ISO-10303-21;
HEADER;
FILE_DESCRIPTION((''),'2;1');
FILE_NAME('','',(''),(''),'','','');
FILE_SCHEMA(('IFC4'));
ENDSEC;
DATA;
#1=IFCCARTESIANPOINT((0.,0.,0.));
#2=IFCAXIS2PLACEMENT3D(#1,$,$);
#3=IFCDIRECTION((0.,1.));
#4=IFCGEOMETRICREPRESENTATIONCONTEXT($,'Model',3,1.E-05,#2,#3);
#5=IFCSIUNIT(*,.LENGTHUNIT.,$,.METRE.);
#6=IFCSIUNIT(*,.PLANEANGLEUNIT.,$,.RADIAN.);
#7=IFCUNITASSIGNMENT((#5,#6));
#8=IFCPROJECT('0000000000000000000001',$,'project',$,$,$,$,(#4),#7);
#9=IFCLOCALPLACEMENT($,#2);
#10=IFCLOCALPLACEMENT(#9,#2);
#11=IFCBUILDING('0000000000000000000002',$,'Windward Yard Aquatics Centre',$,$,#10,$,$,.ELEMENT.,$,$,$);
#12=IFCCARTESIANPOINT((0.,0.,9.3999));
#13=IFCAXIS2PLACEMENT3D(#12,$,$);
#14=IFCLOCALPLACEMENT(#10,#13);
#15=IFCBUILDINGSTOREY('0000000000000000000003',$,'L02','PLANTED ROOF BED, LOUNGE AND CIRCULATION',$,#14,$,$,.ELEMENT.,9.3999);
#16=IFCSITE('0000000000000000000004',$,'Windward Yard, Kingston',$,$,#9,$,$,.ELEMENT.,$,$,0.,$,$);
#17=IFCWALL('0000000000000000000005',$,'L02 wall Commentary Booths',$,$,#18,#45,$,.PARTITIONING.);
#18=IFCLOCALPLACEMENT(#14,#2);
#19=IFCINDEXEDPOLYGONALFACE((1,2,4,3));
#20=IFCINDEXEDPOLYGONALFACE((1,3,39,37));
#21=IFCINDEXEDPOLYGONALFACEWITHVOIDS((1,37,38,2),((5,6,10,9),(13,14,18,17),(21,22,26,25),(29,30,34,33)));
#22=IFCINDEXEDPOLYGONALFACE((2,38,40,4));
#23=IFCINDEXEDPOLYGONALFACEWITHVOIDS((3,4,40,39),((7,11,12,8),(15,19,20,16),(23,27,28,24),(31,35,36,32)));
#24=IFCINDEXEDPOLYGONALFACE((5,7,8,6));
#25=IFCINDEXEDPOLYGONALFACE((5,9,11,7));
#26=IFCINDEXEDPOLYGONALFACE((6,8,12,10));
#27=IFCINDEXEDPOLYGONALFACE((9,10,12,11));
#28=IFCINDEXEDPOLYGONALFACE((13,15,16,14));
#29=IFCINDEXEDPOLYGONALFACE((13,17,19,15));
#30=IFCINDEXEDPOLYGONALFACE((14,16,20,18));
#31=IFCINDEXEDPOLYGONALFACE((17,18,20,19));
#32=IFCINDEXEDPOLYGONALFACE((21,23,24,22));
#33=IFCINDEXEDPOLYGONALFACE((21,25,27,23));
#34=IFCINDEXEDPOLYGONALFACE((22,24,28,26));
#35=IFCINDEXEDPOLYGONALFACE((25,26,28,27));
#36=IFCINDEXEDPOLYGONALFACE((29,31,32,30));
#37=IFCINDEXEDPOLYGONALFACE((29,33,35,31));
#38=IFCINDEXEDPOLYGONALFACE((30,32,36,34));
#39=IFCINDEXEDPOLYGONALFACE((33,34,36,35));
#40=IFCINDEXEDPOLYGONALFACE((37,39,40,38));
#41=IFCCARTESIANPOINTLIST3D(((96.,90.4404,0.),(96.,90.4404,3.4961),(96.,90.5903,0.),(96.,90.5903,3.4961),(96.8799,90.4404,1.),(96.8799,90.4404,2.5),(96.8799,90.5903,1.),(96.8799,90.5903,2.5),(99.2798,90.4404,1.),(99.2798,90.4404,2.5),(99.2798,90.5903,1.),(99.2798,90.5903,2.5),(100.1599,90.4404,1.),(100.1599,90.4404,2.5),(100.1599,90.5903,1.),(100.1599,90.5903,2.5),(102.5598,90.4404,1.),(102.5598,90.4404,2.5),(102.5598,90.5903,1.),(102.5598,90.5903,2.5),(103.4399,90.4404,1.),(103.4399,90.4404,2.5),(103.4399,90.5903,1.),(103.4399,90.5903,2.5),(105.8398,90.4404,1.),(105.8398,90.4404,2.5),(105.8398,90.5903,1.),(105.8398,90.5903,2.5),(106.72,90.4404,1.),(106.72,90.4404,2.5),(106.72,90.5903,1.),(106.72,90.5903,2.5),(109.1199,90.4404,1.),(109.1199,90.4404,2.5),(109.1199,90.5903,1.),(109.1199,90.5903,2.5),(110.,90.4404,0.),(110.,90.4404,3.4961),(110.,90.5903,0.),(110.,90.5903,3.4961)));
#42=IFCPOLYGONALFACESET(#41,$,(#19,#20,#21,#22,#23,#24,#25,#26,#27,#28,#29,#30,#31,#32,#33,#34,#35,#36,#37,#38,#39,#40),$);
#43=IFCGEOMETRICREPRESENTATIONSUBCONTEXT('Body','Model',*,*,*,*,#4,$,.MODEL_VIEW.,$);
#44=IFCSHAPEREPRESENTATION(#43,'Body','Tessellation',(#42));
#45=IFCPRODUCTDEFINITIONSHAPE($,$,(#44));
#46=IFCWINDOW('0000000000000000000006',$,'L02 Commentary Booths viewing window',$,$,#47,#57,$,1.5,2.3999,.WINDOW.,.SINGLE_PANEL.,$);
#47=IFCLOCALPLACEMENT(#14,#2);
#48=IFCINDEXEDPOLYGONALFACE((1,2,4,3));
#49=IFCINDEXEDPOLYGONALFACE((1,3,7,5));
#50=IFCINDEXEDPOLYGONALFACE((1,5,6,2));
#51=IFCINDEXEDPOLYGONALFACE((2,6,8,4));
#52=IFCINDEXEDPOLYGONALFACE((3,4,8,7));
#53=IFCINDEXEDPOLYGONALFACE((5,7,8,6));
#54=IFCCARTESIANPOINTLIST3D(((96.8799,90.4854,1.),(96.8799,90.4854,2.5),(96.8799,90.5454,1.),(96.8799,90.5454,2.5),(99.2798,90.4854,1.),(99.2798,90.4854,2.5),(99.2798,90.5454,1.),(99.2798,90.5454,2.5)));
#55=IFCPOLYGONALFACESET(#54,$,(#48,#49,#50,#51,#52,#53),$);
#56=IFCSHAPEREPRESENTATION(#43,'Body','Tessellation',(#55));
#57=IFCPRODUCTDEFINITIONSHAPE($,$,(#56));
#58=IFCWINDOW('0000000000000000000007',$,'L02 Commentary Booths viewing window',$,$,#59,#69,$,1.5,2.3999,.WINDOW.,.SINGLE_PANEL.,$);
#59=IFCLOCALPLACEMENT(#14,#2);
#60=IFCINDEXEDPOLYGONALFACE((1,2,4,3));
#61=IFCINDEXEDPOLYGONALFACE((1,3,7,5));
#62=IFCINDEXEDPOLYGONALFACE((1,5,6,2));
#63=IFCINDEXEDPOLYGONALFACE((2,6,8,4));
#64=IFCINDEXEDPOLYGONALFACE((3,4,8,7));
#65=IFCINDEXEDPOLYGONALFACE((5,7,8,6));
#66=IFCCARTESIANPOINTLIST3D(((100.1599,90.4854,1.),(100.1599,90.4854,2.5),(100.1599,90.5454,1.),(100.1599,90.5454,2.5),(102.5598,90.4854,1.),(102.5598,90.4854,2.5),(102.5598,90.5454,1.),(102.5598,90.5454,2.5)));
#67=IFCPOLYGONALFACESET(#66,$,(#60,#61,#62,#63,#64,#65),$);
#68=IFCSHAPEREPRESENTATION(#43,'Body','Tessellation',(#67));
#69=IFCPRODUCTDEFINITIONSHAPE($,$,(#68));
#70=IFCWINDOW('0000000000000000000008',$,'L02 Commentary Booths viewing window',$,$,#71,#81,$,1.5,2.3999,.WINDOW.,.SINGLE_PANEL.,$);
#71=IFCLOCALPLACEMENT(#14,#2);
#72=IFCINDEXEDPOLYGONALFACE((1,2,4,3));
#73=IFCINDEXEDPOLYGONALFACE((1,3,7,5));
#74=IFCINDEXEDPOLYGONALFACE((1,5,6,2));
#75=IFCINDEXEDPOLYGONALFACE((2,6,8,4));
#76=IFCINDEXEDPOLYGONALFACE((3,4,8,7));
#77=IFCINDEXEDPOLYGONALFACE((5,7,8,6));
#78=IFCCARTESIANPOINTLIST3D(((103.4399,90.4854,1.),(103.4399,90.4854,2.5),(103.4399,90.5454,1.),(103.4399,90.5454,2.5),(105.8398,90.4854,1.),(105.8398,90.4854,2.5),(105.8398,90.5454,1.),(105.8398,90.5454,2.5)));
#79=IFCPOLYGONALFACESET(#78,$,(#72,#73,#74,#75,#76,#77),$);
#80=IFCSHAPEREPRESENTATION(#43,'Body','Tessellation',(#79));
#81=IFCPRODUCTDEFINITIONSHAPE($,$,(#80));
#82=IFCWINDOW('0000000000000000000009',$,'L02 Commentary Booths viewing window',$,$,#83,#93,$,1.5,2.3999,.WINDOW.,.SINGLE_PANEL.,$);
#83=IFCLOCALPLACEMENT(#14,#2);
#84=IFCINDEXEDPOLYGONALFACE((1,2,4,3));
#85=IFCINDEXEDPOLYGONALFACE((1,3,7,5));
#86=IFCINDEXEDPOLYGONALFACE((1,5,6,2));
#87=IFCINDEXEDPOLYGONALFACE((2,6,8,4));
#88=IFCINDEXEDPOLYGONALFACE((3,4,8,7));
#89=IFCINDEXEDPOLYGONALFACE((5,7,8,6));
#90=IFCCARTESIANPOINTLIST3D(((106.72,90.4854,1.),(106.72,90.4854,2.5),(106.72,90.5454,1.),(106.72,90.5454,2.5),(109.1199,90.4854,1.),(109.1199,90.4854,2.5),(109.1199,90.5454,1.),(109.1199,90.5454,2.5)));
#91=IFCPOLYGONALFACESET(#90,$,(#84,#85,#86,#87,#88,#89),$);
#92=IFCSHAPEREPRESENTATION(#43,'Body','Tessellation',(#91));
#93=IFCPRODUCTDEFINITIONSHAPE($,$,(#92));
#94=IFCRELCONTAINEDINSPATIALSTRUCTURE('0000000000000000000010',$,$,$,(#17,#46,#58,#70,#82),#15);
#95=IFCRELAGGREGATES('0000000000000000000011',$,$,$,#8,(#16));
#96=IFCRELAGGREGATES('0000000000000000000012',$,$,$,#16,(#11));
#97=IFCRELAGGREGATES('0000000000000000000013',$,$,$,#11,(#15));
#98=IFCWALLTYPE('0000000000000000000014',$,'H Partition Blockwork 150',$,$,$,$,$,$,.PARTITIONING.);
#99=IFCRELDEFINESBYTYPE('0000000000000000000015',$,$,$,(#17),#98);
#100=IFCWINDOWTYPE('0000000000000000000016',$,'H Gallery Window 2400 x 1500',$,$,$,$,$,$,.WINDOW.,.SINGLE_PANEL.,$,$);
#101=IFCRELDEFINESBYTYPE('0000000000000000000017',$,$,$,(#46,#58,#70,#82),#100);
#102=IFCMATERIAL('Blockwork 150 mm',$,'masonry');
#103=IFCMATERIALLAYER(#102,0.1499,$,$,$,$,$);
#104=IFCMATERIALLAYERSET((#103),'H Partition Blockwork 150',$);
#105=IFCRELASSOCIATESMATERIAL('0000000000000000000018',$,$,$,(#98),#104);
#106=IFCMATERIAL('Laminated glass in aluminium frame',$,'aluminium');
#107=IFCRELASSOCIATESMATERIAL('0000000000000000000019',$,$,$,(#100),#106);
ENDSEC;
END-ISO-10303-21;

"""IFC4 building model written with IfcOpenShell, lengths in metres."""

from ifc_helpers import new_model, si_unit, direction, frame, frame_2d, origin, place, context, subcontext, project, spatial, rectangle, extrude, material, layer, layer_set, type_object, element, fill, save


model = new_model("IFC4")

# Units and contexts
model_context = context("Model", 3, precision=1e-05, world=origin(), true_north=direction((0.0, 1.0)))
body_context = subcontext(model_context, "Body", "Model", "MODEL_VIEW")
ifc_project = project(units=[si_unit("LENGTHUNIT", "METRE"), si_unit("PLANEANGLEUNIT", "RADIAN")], contexts=[model_context])

# Site, building, storey
site_placement = place(None, origin())
site = spatial("IfcSite", under=ifc_project, at=site_placement, Name="Windward Yard, Kingston", CompositionType="ELEMENT", RefElevation=0.0)
building_placement = place(site_placement, origin())
building = spatial("IfcBuilding", under=site, at=building_placement, Name="Windward Yard Aquatics Centre", CompositionType="ELEMENT")
storey_placement = place(building_placement, frame((0.0, 0.0, 9.3999)))
storey = spatial("IfcBuildingStorey", under=building, at=storey_placement, Name="L02", Description="PLANTED ROOF BED, LOUNGE AND CIRCULATION", CompositionType="ELEMENT", Elevation=9.3999)

# Shared definitions
ifc_material_1 = material(Name="Blockwork 150 mm", Category="masonry")
ifc_layer_1 = layer(ifc_material_1, 0.1499)
ifc_layer_set_1 = layer_set([ifc_layer_1], Name="H Partition Blockwork 150")
wall_type = type_object("IfcWallType", Name="H Partition Blockwork 150", PredefinedType="PARTITIONING", material=ifc_layer_set_1)

# Wall, openings, windows
wall_1_placement = place(storey_placement, frame((96.0, 90.5154, 0.0), z_axis=(0.0, 0.0, 1.0), x_axis=(1.0, 0.0, 0.0)))
wall_1 = element("IfcWall", 1, at=wall_1_placement, inside=storey, type_object=wall_type, Name="L02 wall Commentary Booths", PredefinedType="PARTITIONING", context=body_context, shape_type="SweptSolid", body=[
    extrude(rectangle(XDim=14.0, YDim=0.1499, at=frame_2d((7.0, 0.0))), origin(), (0.0, 0.0, 1.0), 3.4961),
])
opening_1_placement = place(wall_1_placement, frame((0.8799, 0.0, 1.0)))
opening_1 = element("IfcOpeningElement", 2, at=opening_1_placement, cuts=wall_1, PredefinedType="OPENING", context=body_context, shape_type="SweptSolid", body=[
    extrude(rectangle(XDim=2.3999, YDim=1.5, at=frame_2d((1.2, 0.75))), frame((0.0, 0.085, 0.0), z_axis=(0.0, -1.0, 0.0), x_axis=(1.0, 0.0, 0.0)), (0.0, 0.0, 1.0), 0.1699),
])
opening_2_placement = place(wall_1_placement, frame((4.1599, 0.0, 1.0)))
opening_2 = element("IfcOpeningElement", 3, at=opening_2_placement, cuts=wall_1, PredefinedType="OPENING", context=body_context, shape_type="SweptSolid", body=[
    extrude(rectangle(XDim=2.3999, YDim=1.5, at=frame_2d((1.2, 0.75))), frame((0.0, 0.085, 0.0), z_axis=(0.0, -1.0, 0.0), x_axis=(1.0, 0.0, 0.0)), (0.0, 0.0, 1.0), 0.1699),
])
opening_3_placement = place(wall_1_placement, frame((7.4399, 0.0, 1.0)))
opening_3 = element("IfcOpeningElement", 4, at=opening_3_placement, cuts=wall_1, PredefinedType="OPENING", context=body_context, shape_type="SweptSolid", body=[
    extrude(rectangle(XDim=2.3999, YDim=1.5, at=frame_2d((1.2, 0.75))), frame((0.0, 0.085, 0.0), z_axis=(0.0, -1.0, 0.0), x_axis=(1.0, 0.0, 0.0)), (0.0, 0.0, 1.0), 0.1699),
])
opening_4_placement = place(wall_1_placement, frame((10.72, 0.0, 1.0)))
opening_4 = element("IfcOpeningElement", 5, at=opening_4_placement, cuts=wall_1, PredefinedType="OPENING", context=body_context, shape_type="SweptSolid", body=[
    extrude(rectangle(XDim=2.3999, YDim=1.5, at=frame_2d((1.2, 0.75))), frame((0.0, 0.085, 0.0), z_axis=(0.0, -1.0, 0.0), x_axis=(1.0, 0.0, 0.0)), (0.0, 0.0, 1.0), 0.1699),
])
ifc_material_2 = material(Name="Laminated glass in aluminium frame", Category="aluminium")
window_type = type_object("IfcWindowType", Name="H Gallery Window 2400 x 1500", PartitioningType="SINGLE_PANEL", PredefinedType="WINDOW", material=ifc_material_2)
window_1_placement = place(opening_1_placement, origin())
window_1 = element("IfcWindow", 6, at=window_1_placement, inside=storey, type_object=window_type, Name="L02 Commentary Booths viewing window", OverallHeight=1.5, OverallWidth=2.3999, PartitioningType="SINGLE_PANEL", PredefinedType="WINDOW", context=body_context, shape_type="SweptSolid", body=[
    extrude(rectangle(XDim=2.3999, YDim=1.5, at=frame_2d((1.2, 0.75))), frame((0.0, 0.03, 0.0), z_axis=(0.0, -1.0, 0.0), x_axis=(1.0, 0.0, 0.0)), (0.0, 0.0, 1.0), 0.0601),
])
fill(opening_1, window_1)
window_2_placement = place(opening_2_placement, origin())
window_2 = element("IfcWindow", 7, at=window_2_placement, inside=storey, type_object=window_type, Name="L02 Commentary Booths viewing window", OverallHeight=1.5, OverallWidth=2.3999, PartitioningType="SINGLE_PANEL", PredefinedType="WINDOW", context=body_context, shape_type="SweptSolid", body=[
    extrude(rectangle(XDim=2.3999, YDim=1.5, at=frame_2d((1.2, 0.75))), frame((0.0, 0.03, 0.0), z_axis=(0.0, -1.0, 0.0), x_axis=(1.0, 0.0, 0.0)), (0.0, 0.0, 1.0), 0.0601),
])
fill(opening_2, window_2)
window_3_placement = place(opening_3_placement, origin())
window_3 = element("IfcWindow", 8, at=window_3_placement, inside=storey, type_object=window_type, Name="L02 Commentary Booths viewing window", OverallHeight=1.5, OverallWidth=2.3999, PartitioningType="SINGLE_PANEL", PredefinedType="WINDOW", context=body_context, shape_type="SweptSolid", body=[
    extrude(rectangle(XDim=2.3999, YDim=1.5, at=frame_2d((1.2, 0.75))), frame((0.0, 0.03, 0.0), z_axis=(0.0, -1.0, 0.0), x_axis=(1.0, 0.0, 0.0)), (0.0, 0.0, 1.0), 0.0601),
])
fill(opening_3, window_3)
window_4_placement = place(opening_4_placement, origin())
window_4 = element("IfcWindow", 9, at=window_4_placement, inside=storey, type_object=window_type, Name="L02 Commentary Booths viewing window", OverallHeight=1.5, OverallWidth=2.3999, PartitioningType="SINGLE_PANEL", PredefinedType="WINDOW", context=body_context, shape_type="SweptSolid", body=[
    extrude(rectangle(XDim=2.3999, YDim=1.5, at=frame_2d((1.2, 0.75))), frame((0.0, 0.03, 0.0), z_axis=(0.0, -1.0, 0.0), x_axis=(1.0, 0.0, 0.0)), (0.0, 0.0, 1.0), 0.0601),
])
fill(opening_4, window_4)

save(model, "model.ifc")
